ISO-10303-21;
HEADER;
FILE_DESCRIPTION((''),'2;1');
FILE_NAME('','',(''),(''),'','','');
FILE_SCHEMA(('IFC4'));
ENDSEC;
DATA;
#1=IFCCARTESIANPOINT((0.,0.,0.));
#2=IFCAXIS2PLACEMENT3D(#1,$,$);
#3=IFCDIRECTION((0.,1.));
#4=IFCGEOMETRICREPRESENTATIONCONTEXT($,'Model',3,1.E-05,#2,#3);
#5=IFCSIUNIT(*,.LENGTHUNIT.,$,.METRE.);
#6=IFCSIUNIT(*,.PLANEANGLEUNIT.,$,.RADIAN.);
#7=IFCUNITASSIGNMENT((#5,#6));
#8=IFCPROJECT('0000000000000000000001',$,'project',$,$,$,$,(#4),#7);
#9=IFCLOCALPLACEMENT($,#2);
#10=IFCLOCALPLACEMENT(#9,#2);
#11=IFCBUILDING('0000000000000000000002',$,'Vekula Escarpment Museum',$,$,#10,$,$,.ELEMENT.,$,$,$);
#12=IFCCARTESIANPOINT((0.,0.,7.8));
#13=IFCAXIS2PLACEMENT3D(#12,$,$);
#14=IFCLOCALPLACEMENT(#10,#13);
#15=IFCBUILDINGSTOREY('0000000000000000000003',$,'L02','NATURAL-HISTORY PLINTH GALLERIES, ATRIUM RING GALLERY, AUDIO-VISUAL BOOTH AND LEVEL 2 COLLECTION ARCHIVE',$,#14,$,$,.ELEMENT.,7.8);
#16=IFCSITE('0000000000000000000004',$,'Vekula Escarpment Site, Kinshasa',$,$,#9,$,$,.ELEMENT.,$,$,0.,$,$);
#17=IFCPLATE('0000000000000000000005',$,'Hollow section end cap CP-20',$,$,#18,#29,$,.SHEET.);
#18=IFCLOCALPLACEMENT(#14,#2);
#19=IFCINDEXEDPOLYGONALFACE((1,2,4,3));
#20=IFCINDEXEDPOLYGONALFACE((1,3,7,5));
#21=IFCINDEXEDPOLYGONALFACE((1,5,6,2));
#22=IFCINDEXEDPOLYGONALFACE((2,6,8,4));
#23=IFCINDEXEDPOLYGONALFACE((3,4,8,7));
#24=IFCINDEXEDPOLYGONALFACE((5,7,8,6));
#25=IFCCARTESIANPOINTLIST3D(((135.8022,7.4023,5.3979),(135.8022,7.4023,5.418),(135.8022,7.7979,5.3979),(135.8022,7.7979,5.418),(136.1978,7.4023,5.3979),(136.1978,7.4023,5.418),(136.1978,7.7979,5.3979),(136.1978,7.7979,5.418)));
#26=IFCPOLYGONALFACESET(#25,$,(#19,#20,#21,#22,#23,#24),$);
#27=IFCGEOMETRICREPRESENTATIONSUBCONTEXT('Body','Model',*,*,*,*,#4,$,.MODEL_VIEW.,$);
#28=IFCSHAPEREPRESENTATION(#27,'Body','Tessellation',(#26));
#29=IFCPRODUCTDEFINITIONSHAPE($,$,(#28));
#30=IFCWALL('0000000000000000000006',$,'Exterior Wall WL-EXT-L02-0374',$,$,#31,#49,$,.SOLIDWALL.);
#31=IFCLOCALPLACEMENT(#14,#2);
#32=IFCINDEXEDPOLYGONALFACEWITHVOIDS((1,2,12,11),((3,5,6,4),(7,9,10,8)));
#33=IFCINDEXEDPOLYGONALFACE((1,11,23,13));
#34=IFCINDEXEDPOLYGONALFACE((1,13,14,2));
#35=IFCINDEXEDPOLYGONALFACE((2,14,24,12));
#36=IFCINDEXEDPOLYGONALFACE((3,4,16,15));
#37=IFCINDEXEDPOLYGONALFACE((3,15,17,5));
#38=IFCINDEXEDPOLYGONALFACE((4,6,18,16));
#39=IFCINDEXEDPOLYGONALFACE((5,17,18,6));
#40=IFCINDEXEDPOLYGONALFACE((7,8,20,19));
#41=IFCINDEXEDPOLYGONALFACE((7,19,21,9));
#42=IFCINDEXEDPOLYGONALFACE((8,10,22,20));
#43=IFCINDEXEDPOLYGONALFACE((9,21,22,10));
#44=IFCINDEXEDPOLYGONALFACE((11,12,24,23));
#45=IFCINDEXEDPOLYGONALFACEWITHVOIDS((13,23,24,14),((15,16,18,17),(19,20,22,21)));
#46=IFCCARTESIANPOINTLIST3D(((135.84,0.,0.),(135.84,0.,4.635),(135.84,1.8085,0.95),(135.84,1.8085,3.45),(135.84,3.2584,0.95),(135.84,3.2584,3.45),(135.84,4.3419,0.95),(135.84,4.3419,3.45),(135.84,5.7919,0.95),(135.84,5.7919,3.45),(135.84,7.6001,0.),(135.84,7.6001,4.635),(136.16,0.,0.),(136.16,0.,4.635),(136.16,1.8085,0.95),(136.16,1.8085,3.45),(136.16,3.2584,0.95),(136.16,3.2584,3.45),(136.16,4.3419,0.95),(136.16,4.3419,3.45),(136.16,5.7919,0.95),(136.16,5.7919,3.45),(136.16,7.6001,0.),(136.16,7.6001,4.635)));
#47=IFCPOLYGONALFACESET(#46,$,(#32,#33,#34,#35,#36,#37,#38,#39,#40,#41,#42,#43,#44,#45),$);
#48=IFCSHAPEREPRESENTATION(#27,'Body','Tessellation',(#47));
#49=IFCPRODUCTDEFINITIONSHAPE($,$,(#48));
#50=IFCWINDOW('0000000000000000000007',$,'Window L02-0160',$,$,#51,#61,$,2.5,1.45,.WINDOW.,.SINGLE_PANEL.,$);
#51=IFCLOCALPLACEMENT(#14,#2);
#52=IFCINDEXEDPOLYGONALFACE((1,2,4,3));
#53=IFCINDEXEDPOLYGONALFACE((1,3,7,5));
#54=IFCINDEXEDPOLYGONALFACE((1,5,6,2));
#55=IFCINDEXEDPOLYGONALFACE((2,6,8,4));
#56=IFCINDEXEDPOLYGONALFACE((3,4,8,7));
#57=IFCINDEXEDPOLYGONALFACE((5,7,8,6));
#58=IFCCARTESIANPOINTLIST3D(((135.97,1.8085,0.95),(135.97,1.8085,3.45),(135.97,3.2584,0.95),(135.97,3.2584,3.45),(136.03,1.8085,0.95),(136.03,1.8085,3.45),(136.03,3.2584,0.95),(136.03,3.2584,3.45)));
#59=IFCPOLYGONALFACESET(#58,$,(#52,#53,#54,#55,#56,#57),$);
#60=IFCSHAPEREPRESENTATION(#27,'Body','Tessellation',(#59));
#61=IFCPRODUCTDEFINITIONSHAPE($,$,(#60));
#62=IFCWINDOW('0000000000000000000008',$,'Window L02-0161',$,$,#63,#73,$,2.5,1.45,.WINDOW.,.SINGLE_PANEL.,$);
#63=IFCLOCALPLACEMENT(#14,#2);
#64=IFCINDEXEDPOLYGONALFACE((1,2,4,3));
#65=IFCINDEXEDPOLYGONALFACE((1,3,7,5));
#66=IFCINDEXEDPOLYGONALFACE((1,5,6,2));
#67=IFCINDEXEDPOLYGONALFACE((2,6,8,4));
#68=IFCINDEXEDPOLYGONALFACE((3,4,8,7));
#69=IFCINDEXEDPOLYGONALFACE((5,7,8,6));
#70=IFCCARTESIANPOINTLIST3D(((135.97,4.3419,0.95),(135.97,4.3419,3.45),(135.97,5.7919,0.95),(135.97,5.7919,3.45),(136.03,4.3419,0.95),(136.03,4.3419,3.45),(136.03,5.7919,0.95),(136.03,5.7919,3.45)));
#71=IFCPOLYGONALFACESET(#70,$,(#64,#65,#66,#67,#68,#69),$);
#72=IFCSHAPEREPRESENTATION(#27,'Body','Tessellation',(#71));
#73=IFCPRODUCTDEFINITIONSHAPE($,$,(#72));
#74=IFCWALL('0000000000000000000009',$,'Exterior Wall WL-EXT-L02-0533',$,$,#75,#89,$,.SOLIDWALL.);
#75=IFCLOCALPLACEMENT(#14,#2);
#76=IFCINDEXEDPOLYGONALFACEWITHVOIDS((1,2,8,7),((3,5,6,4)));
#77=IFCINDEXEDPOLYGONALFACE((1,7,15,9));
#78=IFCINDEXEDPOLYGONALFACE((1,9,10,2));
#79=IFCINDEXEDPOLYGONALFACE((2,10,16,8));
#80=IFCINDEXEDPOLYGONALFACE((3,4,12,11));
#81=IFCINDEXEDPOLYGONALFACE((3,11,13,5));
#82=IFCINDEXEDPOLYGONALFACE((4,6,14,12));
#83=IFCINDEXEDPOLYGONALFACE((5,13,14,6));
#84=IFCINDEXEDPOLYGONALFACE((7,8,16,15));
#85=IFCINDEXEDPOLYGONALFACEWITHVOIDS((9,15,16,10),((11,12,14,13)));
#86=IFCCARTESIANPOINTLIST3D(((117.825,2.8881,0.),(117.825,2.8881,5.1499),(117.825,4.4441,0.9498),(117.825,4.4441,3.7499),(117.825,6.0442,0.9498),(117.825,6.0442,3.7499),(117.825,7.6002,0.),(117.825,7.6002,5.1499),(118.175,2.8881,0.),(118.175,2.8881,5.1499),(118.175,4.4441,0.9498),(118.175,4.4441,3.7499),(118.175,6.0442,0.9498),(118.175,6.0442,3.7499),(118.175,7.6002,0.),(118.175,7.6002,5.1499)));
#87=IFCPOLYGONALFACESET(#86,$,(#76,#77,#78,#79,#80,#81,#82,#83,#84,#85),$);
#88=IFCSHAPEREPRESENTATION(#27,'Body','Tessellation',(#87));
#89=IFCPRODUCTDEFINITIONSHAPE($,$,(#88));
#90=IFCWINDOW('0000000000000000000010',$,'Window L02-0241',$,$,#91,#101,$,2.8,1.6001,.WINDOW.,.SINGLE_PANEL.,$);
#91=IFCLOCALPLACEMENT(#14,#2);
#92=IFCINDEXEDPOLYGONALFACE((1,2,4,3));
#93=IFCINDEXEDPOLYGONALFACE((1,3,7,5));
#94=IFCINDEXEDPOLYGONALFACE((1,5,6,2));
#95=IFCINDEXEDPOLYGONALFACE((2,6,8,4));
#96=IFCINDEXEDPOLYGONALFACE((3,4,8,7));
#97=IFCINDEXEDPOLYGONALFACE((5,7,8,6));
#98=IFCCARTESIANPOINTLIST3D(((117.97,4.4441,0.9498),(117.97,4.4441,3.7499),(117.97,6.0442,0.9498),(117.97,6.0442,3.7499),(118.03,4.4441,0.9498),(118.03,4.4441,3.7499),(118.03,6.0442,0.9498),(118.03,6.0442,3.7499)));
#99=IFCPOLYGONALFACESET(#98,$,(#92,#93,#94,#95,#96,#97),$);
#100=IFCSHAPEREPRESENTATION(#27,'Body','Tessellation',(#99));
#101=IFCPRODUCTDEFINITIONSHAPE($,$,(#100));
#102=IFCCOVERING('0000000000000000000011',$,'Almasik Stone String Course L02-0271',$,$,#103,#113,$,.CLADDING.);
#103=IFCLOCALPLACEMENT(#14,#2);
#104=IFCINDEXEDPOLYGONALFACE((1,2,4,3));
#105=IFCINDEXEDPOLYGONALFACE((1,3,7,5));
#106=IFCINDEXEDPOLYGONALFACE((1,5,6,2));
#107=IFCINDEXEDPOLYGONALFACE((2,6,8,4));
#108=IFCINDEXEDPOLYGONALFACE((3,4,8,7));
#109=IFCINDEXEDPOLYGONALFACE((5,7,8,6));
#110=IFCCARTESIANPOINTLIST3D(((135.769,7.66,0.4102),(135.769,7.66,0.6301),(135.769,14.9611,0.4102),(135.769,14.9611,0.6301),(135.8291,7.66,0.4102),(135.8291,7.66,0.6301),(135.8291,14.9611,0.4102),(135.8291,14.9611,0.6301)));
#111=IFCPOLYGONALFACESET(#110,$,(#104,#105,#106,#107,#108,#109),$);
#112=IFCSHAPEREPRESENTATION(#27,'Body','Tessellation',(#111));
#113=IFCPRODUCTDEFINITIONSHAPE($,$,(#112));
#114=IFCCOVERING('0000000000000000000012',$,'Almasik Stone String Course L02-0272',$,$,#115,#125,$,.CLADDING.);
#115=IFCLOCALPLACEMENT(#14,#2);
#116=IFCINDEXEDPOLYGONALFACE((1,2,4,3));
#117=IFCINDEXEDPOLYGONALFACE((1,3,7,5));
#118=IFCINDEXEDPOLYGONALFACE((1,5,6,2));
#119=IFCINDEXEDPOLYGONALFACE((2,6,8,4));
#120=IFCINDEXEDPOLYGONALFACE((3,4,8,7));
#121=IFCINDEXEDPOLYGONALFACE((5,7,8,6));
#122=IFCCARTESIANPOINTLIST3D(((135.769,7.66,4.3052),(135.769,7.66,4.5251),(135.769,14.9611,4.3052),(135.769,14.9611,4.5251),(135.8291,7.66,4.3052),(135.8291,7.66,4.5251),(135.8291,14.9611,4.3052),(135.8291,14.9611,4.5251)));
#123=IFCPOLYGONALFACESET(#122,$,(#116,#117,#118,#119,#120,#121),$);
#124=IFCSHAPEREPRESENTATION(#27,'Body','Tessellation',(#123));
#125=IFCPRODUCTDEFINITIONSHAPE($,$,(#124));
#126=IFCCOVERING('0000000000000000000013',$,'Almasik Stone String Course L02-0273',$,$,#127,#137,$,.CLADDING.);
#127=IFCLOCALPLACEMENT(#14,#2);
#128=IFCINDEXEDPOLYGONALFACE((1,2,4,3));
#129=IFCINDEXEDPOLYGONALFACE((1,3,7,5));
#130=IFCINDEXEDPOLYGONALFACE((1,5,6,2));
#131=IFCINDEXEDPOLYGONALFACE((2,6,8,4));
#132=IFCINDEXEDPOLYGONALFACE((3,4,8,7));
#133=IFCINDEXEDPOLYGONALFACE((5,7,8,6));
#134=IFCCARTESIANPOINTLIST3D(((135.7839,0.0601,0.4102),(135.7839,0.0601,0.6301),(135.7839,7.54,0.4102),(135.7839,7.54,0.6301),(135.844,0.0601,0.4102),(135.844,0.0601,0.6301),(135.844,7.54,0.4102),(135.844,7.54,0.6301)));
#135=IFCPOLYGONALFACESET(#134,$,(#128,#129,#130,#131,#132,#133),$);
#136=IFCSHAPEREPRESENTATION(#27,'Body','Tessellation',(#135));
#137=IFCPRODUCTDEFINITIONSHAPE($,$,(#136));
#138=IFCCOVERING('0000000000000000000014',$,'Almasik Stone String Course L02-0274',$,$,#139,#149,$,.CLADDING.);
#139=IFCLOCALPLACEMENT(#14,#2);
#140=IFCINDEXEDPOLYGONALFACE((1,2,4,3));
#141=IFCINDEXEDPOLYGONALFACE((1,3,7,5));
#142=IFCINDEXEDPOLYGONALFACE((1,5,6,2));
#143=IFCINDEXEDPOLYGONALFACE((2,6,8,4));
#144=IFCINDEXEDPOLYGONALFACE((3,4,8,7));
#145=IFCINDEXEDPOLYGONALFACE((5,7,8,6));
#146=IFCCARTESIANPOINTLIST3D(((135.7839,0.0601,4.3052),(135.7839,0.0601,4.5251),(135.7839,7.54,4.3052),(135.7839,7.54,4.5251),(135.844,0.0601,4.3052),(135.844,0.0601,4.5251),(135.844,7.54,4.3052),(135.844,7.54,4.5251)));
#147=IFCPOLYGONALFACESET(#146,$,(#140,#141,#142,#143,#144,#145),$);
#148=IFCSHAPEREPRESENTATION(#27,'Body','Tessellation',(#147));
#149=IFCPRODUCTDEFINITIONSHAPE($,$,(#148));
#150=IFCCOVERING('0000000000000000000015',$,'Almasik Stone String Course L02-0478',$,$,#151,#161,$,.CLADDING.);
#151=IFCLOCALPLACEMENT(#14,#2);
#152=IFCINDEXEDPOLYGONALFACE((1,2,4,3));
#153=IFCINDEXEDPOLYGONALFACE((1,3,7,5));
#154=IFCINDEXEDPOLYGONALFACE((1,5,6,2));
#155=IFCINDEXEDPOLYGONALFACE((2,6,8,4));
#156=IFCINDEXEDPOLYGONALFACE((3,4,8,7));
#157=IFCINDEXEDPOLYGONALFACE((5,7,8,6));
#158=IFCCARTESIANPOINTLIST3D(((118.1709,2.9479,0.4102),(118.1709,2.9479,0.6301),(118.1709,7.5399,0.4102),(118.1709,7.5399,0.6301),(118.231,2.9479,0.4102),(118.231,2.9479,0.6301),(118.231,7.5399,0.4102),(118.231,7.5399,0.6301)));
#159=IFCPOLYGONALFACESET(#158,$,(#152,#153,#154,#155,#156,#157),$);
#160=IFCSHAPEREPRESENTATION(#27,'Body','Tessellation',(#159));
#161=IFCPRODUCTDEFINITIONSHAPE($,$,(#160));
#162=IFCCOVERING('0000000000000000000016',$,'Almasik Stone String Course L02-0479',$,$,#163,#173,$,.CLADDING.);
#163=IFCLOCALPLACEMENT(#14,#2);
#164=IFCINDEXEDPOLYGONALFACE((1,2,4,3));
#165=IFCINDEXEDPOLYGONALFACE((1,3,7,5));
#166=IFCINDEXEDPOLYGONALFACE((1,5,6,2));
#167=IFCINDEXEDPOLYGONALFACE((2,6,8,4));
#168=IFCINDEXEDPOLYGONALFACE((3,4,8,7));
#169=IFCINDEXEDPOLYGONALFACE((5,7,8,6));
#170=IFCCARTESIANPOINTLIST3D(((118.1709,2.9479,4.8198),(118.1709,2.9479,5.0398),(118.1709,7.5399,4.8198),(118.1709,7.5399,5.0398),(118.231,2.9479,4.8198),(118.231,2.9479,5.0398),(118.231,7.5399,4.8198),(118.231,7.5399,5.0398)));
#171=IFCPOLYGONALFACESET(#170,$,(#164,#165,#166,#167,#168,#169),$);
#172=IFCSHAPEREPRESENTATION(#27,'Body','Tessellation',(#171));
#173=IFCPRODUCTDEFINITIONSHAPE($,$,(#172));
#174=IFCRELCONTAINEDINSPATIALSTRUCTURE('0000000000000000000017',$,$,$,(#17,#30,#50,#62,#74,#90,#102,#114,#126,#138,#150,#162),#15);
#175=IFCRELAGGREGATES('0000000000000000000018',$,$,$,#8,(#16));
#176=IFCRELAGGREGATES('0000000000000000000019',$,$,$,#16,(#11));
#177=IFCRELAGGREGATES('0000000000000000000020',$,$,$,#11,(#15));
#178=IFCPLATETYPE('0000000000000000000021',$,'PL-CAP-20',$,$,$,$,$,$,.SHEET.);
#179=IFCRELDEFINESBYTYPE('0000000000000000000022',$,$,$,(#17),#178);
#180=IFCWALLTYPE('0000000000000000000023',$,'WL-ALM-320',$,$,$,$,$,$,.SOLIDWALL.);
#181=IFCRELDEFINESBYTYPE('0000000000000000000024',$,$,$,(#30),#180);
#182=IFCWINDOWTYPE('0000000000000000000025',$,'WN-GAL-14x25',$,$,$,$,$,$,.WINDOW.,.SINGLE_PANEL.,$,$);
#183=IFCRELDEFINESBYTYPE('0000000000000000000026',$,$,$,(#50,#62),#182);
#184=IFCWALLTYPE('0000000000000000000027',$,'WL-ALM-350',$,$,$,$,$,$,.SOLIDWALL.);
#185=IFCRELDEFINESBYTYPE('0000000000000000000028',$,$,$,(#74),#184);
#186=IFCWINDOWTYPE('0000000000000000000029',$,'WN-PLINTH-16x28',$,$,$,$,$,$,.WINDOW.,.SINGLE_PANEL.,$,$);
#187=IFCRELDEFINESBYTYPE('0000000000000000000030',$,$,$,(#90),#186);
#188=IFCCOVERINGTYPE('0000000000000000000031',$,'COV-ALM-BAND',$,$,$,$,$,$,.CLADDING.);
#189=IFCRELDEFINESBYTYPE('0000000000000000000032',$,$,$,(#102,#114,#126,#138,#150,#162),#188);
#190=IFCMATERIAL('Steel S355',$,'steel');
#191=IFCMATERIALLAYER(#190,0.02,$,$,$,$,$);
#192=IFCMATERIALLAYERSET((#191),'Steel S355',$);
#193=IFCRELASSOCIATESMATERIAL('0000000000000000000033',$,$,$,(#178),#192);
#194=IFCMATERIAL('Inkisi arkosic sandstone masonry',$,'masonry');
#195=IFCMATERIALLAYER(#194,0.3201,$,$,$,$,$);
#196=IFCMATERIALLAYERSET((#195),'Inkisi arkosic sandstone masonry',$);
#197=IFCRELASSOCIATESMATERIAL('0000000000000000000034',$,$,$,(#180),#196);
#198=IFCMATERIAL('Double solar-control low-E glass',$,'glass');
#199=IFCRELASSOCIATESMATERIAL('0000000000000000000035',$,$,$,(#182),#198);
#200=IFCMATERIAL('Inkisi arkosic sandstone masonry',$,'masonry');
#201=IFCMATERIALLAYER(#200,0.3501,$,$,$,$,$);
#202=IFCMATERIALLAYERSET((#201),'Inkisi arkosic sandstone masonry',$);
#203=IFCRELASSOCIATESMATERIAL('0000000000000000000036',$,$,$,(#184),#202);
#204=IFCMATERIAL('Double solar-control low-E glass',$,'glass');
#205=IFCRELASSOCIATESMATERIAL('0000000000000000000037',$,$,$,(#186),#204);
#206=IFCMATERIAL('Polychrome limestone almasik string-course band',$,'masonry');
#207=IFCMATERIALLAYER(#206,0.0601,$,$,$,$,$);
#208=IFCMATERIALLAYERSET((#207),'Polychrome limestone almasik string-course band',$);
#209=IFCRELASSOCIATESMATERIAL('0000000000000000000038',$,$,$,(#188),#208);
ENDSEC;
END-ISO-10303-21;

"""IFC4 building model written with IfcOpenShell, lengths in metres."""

from ifc_helpers import new_model, si_unit, direction, frame, frame_2d, origin, origin_2d, place, context, subcontext, project, spatial, rectangle, extrude, material, layer, layer_set, type_object, element, fill, save


model = new_model("IFC4")

# Units and contexts
model_context = context("Model", 3, precision=1e-05, world=origin(), true_north=direction((0.0, 1.0)))
body_context = subcontext(model_context, "Body", "Model", "MODEL_VIEW")
ifc_project = project(units=[si_unit("LENGTHUNIT", "METRE"), si_unit("PLANEANGLEUNIT", "RADIAN")], contexts=[model_context])

# Site, building, storey
site_placement = place(None, origin())
site = spatial("IfcSite", under=ifc_project, at=site_placement, Name="Vekula Escarpment Site, Kinshasa", CompositionType="ELEMENT", RefElevation=0.0)
building_placement = place(site_placement, origin())
building = spatial("IfcBuilding", under=site, at=building_placement, Name="Vekula Escarpment Museum", CompositionType="ELEMENT")
storey_placement = place(building_placement, frame((0.0, 0.0, 7.8)))
storey = spatial("IfcBuildingStorey", under=building, at=storey_placement, Name="L02", Description="NATURAL-HISTORY PLINTH GALLERIES, ATRIUM RING GALLERY, AUDIO-VISUAL BOOTH AND LEVEL 2 COLLECTION ARCHIVE", CompositionType="ELEMENT", Elevation=7.8)

# Plate
ifc_material_1 = material(Name="Steel S355", Category="steel")
ifc_layer_1 = layer(ifc_material_1, 0.02)
ifc_layer_set_1 = layer_set([ifc_layer_1], Name="Steel S355")
plate_type_1 = type_object("IfcPlateType", Name="PL-CAP-20", PredefinedType="SHEET", material=ifc_layer_set_1)
plate_placement = place(storey_placement, frame((136.0, 7.6001, 5.3979), z_axis=(0.0, 0.0, 1.0), x_axis=(1.0, 0.0, 0.0)))
element("IfcPlate", 1, at=plate_placement, inside=storey, type_object=plate_type_1, Name="Hollow section end cap CP-20", PredefinedType="SHEET", context=body_context, shape_type="SweptSolid", body=[
    extrude(rectangle(XDim=0.3955, YDim=0.3955, at=origin_2d()), origin(), (0.0, 0.0, 1.0), 0.02),
])

# Wall, openings, windows
ifc_material_2 = material(Name="Inkisi arkosic sandstone masonry", Category="masonry")
ifc_layer_2 = layer(ifc_material_2, 0.3201)
ifc_layer_set_2 = layer_set([ifc_layer_2], Name="Inkisi arkosic sandstone masonry")
wall_type_1 = type_object("IfcWallType", Name="WL-ALM-320", PredefinedType="SOLIDWALL", material=ifc_layer_set_2)
wall_1_placement = place(storey_placement, frame((136.0, 0.0, 0.0), z_axis=(0.0, 0.0, 1.0), x_axis=(0.0, 1.0, 0.0)))
wall_1 = element("IfcWall", 2, at=wall_1_placement, inside=storey, type_object=wall_type_1, Name="Exterior Wall WL-EXT-L02-0374", PredefinedType="SOLIDWALL", context=body_context, shape_type="SweptSolid", body=[
    extrude(rectangle(XDim=7.6001, YDim=0.3201, at=frame_2d((3.8, 0.0))), origin(), (0.0, 0.0, 1.0), 4.635),
])
opening_1_placement = place(wall_1_placement, frame((1.8083, 0.0, 0.95)))
opening_1 = element("IfcOpeningElement", 3, at=opening_1_placement, cuts=wall_1, PredefinedType="OPENING", context=body_context, shape_type="SweptSolid", body=[
    extrude(rectangle(XDim=1.45, YDim=2.5, at=frame_2d((0.7251, 1.25))), frame((0.0, 0.1699, 0.0), z_axis=(0.0, -1.0, 0.0), x_axis=(1.0, 0.0, 0.0)), (0.0, 0.0, 1.0), 0.3401),
])
opening_2_placement = place(wall_1_placement, frame((4.3418, 0.0, 0.95)))
opening_2 = element("IfcOpeningElement", 4, at=opening_2_placement, cuts=wall_1, PredefinedType="OPENING", context=body_context, shape_type="SweptSolid", body=[
    extrude(rectangle(XDim=1.45, YDim=2.5, at=frame_2d((0.7251, 1.25))), frame((0.0, 0.1699, 0.0), z_axis=(0.0, -1.0, 0.0), x_axis=(1.0, 0.0, 0.0)), (0.0, 0.0, 1.0), 0.3401),
])
ifc_material_3 = material(Name="Double solar-control low-E glass", Category="glass")
window_type_1 = type_object("IfcWindowType", Name="WN-GAL-14x25", PartitioningType="SINGLE_PANEL", PredefinedType="WINDOW", material=ifc_material_3)
window_1_placement = place(opening_1_placement, origin())
window_1 = element("IfcWindow", 5, at=window_1_placement, inside=storey, type_object=window_type_1, Name="Window L02-0160", OverallHeight=2.5, OverallWidth=1.45, PartitioningType="SINGLE_PANEL", PredefinedType="WINDOW", context=body_context, shape_type="SweptSolid", body=[
    extrude(rectangle(XDim=1.45, YDim=2.5, at=frame_2d((0.7251, 1.25))), frame((0.0, 0.03, 0.0), z_axis=(0.0, -1.0, 0.0), x_axis=(1.0, 0.0, 0.0)), (0.0, 0.0, 1.0), 0.0601),
])
fill(opening_1, window_1)
window_2_placement = place(opening_2_placement, origin())
window_2 = element("IfcWindow", 6, at=window_2_placement, inside=storey, type_object=window_type_1, Name="Window L02-0161", OverallHeight=2.5, OverallWidth=1.45, PartitioningType="SINGLE_PANEL", PredefinedType="WINDOW", context=body_context, shape_type="SweptSolid", body=[
    extrude(rectangle(XDim=1.45, YDim=2.5, at=frame_2d((0.7251, 1.25))), frame((0.0, 0.03, 0.0), z_axis=(0.0, -1.0, 0.0), x_axis=(1.0, 0.0, 0.0)), (0.0, 0.0, 1.0), 0.0601),
])
fill(opening_2, window_2)

# Wall, opening, window
ifc_material_4 = material(Name="Inkisi arkosic sandstone masonry", Category="masonry")
ifc_layer_3 = layer(ifc_material_4, 0.3501)
ifc_layer_set_3 = layer_set([ifc_layer_3], Name="Inkisi arkosic sandstone masonry")
wall_type_2 = type_object("IfcWallType", Name="WL-ALM-350", PredefinedType="SOLIDWALL", material=ifc_layer_set_3)
wall_2_placement = place(storey_placement, frame((118.0, 7.6001, 0.0), z_axis=(0.0, 0.0, 1.0), x_axis=(0.0, -1.0, 0.0)))
wall_2 = element("IfcWall", 7, at=wall_2_placement, inside=storey, type_object=wall_type_2, Name="Exterior Wall WL-EXT-L02-0533", PredefinedType="SOLIDWALL", context=body_context, shape_type="SweptSolid", body=[
    extrude(rectangle(XDim=4.7122, YDim=0.3501, at=frame_2d((2.356, 0.0))), origin(), (0.0, 0.0, 1.0), 5.1499),
])
opening_3_placement = place(wall_2_placement, frame((1.5559, 0.0, 0.95)))
opening_3 = element("IfcOpeningElement", 8, at=opening_3_placement, cuts=wall_2, PredefinedType="OPENING", context=body_context, shape_type="SweptSolid", body=[
    extrude(rectangle(XDim=1.6001, YDim=2.8, at=frame_2d((0.8, 1.3999))), frame((0.0, 0.1851, 0.0), z_axis=(0.0, -1.0, 0.0), x_axis=(1.0, 0.0, 0.0)), (0.0, 0.0, 1.0), 0.3701),
])
ifc_material_5 = material(Name="Double solar-control low-E glass", Category="glass")
window_type_2 = type_object("IfcWindowType", Name="WN-PLINTH-16x28", PartitioningType="SINGLE_PANEL", PredefinedType="WINDOW", material=ifc_material_5)
window_3_placement = place(opening_3_placement, origin())
window_3 = element("IfcWindow", 9, at=window_3_placement, inside=storey, type_object=window_type_2, Name="Window L02-0241", OverallHeight=2.8, OverallWidth=1.6001, PartitioningType="SINGLE_PANEL", PredefinedType="WINDOW", context=body_context, shape_type="SweptSolid", body=[
    extrude(rectangle(XDim=1.6001, YDim=2.8, at=frame_2d((0.8, 1.3999))), frame((0.0, 0.03, 0.0), z_axis=(0.0, -1.0, 0.0), x_axis=(1.0, 0.0, 0.0)), (0.0, 0.0, 1.0), 0.0601),
])
fill(opening_3, window_3)

# Coverings
ifc_material_6 = material(Name="Polychrome limestone almasik string-course band", Category="masonry")
ifc_layer_4 = layer(ifc_material_6, 0.0601)
ifc_layer_set_4 = layer_set([ifc_layer_4], Name="Polychrome limestone almasik string-course band")
covering_type = type_object("IfcCoveringType", Name="COV-ALM-BAND", PredefinedType="CLADDING", material=ifc_layer_set_4)
for number, where, z_axis, x_axis, name in (
    (10, (135.7991, 11.3105, 0.4102), (0.0, 0.0, 1.0), (0.0, 1.0, 0.0), "Almasik Stone String Course L02-0271"),
    (11, (135.7991, 11.3105, 4.3052), (0.0, 0.0, 1.0), (0.0, 1.0, 0.0), "Almasik Stone String Course L02-0272"),
):
    element("IfcCovering", number, at=place(storey_placement, frame(where, z_axis=z_axis, x_axis=x_axis)), inside=storey, type_object=covering_type, Name=name, PredefinedType="CLADDING", context=body_context, shape_type="SweptSolid", body=[
        extrude(rectangle(XDim=7.301, YDim=0.0601, at=origin_2d()), origin(), (0.0, 0.0, 1.0), 0.22),
    ])
for number, where, z_axis, x_axis, name in (
    (12, (135.814, 3.8, 0.4102), (0.0, 0.0, 1.0), (0.0, 1.0, 0.0), "Almasik Stone String Course L02-0273"),
    (13, (135.814, 3.8, 4.3052), (0.0, 0.0, 1.0), (0.0, 1.0, 0.0), "Almasik Stone String Course L02-0274"),
):
    element("IfcCovering", number, at=place(storey_placement, frame(where, z_axis=z_axis, x_axis=x_axis)), inside=storey, type_object=covering_type, Name=name, PredefinedType="CLADDING", context=body_context, shape_type="SweptSolid", body=[
        extrude(rectangle(XDim=7.48, YDim=0.0601, at=origin_2d()), origin(), (0.0, 0.0, 1.0), 0.22),
    ])
for number, where, z_axis, x_axis, name in (
    (14, (118.2009, 5.2439, 0.4102), (0.0, 0.0, 1.0), (0.0, 1.0, 0.0), "Almasik Stone String Course L02-0478"),
    (15, (118.2009, 5.2439, 4.8198), (0.0, 0.0, 1.0), (0.0, 1.0, 0.0), "Almasik Stone String Course L02-0479"),
):
    element("IfcCovering", number, at=place(storey_placement, frame(where, z_axis=z_axis, x_axis=x_axis)), inside=storey, type_object=covering_type, Name=name, PredefinedType="CLADDING", context=body_context, shape_type="SweptSolid", body=[
        extrude(rectangle(XDim=4.592, YDim=0.0601, at=origin_2d()), origin(), (0.0, 0.0, 1.0), 0.22),
    ])

save(model, "model.ifc")
